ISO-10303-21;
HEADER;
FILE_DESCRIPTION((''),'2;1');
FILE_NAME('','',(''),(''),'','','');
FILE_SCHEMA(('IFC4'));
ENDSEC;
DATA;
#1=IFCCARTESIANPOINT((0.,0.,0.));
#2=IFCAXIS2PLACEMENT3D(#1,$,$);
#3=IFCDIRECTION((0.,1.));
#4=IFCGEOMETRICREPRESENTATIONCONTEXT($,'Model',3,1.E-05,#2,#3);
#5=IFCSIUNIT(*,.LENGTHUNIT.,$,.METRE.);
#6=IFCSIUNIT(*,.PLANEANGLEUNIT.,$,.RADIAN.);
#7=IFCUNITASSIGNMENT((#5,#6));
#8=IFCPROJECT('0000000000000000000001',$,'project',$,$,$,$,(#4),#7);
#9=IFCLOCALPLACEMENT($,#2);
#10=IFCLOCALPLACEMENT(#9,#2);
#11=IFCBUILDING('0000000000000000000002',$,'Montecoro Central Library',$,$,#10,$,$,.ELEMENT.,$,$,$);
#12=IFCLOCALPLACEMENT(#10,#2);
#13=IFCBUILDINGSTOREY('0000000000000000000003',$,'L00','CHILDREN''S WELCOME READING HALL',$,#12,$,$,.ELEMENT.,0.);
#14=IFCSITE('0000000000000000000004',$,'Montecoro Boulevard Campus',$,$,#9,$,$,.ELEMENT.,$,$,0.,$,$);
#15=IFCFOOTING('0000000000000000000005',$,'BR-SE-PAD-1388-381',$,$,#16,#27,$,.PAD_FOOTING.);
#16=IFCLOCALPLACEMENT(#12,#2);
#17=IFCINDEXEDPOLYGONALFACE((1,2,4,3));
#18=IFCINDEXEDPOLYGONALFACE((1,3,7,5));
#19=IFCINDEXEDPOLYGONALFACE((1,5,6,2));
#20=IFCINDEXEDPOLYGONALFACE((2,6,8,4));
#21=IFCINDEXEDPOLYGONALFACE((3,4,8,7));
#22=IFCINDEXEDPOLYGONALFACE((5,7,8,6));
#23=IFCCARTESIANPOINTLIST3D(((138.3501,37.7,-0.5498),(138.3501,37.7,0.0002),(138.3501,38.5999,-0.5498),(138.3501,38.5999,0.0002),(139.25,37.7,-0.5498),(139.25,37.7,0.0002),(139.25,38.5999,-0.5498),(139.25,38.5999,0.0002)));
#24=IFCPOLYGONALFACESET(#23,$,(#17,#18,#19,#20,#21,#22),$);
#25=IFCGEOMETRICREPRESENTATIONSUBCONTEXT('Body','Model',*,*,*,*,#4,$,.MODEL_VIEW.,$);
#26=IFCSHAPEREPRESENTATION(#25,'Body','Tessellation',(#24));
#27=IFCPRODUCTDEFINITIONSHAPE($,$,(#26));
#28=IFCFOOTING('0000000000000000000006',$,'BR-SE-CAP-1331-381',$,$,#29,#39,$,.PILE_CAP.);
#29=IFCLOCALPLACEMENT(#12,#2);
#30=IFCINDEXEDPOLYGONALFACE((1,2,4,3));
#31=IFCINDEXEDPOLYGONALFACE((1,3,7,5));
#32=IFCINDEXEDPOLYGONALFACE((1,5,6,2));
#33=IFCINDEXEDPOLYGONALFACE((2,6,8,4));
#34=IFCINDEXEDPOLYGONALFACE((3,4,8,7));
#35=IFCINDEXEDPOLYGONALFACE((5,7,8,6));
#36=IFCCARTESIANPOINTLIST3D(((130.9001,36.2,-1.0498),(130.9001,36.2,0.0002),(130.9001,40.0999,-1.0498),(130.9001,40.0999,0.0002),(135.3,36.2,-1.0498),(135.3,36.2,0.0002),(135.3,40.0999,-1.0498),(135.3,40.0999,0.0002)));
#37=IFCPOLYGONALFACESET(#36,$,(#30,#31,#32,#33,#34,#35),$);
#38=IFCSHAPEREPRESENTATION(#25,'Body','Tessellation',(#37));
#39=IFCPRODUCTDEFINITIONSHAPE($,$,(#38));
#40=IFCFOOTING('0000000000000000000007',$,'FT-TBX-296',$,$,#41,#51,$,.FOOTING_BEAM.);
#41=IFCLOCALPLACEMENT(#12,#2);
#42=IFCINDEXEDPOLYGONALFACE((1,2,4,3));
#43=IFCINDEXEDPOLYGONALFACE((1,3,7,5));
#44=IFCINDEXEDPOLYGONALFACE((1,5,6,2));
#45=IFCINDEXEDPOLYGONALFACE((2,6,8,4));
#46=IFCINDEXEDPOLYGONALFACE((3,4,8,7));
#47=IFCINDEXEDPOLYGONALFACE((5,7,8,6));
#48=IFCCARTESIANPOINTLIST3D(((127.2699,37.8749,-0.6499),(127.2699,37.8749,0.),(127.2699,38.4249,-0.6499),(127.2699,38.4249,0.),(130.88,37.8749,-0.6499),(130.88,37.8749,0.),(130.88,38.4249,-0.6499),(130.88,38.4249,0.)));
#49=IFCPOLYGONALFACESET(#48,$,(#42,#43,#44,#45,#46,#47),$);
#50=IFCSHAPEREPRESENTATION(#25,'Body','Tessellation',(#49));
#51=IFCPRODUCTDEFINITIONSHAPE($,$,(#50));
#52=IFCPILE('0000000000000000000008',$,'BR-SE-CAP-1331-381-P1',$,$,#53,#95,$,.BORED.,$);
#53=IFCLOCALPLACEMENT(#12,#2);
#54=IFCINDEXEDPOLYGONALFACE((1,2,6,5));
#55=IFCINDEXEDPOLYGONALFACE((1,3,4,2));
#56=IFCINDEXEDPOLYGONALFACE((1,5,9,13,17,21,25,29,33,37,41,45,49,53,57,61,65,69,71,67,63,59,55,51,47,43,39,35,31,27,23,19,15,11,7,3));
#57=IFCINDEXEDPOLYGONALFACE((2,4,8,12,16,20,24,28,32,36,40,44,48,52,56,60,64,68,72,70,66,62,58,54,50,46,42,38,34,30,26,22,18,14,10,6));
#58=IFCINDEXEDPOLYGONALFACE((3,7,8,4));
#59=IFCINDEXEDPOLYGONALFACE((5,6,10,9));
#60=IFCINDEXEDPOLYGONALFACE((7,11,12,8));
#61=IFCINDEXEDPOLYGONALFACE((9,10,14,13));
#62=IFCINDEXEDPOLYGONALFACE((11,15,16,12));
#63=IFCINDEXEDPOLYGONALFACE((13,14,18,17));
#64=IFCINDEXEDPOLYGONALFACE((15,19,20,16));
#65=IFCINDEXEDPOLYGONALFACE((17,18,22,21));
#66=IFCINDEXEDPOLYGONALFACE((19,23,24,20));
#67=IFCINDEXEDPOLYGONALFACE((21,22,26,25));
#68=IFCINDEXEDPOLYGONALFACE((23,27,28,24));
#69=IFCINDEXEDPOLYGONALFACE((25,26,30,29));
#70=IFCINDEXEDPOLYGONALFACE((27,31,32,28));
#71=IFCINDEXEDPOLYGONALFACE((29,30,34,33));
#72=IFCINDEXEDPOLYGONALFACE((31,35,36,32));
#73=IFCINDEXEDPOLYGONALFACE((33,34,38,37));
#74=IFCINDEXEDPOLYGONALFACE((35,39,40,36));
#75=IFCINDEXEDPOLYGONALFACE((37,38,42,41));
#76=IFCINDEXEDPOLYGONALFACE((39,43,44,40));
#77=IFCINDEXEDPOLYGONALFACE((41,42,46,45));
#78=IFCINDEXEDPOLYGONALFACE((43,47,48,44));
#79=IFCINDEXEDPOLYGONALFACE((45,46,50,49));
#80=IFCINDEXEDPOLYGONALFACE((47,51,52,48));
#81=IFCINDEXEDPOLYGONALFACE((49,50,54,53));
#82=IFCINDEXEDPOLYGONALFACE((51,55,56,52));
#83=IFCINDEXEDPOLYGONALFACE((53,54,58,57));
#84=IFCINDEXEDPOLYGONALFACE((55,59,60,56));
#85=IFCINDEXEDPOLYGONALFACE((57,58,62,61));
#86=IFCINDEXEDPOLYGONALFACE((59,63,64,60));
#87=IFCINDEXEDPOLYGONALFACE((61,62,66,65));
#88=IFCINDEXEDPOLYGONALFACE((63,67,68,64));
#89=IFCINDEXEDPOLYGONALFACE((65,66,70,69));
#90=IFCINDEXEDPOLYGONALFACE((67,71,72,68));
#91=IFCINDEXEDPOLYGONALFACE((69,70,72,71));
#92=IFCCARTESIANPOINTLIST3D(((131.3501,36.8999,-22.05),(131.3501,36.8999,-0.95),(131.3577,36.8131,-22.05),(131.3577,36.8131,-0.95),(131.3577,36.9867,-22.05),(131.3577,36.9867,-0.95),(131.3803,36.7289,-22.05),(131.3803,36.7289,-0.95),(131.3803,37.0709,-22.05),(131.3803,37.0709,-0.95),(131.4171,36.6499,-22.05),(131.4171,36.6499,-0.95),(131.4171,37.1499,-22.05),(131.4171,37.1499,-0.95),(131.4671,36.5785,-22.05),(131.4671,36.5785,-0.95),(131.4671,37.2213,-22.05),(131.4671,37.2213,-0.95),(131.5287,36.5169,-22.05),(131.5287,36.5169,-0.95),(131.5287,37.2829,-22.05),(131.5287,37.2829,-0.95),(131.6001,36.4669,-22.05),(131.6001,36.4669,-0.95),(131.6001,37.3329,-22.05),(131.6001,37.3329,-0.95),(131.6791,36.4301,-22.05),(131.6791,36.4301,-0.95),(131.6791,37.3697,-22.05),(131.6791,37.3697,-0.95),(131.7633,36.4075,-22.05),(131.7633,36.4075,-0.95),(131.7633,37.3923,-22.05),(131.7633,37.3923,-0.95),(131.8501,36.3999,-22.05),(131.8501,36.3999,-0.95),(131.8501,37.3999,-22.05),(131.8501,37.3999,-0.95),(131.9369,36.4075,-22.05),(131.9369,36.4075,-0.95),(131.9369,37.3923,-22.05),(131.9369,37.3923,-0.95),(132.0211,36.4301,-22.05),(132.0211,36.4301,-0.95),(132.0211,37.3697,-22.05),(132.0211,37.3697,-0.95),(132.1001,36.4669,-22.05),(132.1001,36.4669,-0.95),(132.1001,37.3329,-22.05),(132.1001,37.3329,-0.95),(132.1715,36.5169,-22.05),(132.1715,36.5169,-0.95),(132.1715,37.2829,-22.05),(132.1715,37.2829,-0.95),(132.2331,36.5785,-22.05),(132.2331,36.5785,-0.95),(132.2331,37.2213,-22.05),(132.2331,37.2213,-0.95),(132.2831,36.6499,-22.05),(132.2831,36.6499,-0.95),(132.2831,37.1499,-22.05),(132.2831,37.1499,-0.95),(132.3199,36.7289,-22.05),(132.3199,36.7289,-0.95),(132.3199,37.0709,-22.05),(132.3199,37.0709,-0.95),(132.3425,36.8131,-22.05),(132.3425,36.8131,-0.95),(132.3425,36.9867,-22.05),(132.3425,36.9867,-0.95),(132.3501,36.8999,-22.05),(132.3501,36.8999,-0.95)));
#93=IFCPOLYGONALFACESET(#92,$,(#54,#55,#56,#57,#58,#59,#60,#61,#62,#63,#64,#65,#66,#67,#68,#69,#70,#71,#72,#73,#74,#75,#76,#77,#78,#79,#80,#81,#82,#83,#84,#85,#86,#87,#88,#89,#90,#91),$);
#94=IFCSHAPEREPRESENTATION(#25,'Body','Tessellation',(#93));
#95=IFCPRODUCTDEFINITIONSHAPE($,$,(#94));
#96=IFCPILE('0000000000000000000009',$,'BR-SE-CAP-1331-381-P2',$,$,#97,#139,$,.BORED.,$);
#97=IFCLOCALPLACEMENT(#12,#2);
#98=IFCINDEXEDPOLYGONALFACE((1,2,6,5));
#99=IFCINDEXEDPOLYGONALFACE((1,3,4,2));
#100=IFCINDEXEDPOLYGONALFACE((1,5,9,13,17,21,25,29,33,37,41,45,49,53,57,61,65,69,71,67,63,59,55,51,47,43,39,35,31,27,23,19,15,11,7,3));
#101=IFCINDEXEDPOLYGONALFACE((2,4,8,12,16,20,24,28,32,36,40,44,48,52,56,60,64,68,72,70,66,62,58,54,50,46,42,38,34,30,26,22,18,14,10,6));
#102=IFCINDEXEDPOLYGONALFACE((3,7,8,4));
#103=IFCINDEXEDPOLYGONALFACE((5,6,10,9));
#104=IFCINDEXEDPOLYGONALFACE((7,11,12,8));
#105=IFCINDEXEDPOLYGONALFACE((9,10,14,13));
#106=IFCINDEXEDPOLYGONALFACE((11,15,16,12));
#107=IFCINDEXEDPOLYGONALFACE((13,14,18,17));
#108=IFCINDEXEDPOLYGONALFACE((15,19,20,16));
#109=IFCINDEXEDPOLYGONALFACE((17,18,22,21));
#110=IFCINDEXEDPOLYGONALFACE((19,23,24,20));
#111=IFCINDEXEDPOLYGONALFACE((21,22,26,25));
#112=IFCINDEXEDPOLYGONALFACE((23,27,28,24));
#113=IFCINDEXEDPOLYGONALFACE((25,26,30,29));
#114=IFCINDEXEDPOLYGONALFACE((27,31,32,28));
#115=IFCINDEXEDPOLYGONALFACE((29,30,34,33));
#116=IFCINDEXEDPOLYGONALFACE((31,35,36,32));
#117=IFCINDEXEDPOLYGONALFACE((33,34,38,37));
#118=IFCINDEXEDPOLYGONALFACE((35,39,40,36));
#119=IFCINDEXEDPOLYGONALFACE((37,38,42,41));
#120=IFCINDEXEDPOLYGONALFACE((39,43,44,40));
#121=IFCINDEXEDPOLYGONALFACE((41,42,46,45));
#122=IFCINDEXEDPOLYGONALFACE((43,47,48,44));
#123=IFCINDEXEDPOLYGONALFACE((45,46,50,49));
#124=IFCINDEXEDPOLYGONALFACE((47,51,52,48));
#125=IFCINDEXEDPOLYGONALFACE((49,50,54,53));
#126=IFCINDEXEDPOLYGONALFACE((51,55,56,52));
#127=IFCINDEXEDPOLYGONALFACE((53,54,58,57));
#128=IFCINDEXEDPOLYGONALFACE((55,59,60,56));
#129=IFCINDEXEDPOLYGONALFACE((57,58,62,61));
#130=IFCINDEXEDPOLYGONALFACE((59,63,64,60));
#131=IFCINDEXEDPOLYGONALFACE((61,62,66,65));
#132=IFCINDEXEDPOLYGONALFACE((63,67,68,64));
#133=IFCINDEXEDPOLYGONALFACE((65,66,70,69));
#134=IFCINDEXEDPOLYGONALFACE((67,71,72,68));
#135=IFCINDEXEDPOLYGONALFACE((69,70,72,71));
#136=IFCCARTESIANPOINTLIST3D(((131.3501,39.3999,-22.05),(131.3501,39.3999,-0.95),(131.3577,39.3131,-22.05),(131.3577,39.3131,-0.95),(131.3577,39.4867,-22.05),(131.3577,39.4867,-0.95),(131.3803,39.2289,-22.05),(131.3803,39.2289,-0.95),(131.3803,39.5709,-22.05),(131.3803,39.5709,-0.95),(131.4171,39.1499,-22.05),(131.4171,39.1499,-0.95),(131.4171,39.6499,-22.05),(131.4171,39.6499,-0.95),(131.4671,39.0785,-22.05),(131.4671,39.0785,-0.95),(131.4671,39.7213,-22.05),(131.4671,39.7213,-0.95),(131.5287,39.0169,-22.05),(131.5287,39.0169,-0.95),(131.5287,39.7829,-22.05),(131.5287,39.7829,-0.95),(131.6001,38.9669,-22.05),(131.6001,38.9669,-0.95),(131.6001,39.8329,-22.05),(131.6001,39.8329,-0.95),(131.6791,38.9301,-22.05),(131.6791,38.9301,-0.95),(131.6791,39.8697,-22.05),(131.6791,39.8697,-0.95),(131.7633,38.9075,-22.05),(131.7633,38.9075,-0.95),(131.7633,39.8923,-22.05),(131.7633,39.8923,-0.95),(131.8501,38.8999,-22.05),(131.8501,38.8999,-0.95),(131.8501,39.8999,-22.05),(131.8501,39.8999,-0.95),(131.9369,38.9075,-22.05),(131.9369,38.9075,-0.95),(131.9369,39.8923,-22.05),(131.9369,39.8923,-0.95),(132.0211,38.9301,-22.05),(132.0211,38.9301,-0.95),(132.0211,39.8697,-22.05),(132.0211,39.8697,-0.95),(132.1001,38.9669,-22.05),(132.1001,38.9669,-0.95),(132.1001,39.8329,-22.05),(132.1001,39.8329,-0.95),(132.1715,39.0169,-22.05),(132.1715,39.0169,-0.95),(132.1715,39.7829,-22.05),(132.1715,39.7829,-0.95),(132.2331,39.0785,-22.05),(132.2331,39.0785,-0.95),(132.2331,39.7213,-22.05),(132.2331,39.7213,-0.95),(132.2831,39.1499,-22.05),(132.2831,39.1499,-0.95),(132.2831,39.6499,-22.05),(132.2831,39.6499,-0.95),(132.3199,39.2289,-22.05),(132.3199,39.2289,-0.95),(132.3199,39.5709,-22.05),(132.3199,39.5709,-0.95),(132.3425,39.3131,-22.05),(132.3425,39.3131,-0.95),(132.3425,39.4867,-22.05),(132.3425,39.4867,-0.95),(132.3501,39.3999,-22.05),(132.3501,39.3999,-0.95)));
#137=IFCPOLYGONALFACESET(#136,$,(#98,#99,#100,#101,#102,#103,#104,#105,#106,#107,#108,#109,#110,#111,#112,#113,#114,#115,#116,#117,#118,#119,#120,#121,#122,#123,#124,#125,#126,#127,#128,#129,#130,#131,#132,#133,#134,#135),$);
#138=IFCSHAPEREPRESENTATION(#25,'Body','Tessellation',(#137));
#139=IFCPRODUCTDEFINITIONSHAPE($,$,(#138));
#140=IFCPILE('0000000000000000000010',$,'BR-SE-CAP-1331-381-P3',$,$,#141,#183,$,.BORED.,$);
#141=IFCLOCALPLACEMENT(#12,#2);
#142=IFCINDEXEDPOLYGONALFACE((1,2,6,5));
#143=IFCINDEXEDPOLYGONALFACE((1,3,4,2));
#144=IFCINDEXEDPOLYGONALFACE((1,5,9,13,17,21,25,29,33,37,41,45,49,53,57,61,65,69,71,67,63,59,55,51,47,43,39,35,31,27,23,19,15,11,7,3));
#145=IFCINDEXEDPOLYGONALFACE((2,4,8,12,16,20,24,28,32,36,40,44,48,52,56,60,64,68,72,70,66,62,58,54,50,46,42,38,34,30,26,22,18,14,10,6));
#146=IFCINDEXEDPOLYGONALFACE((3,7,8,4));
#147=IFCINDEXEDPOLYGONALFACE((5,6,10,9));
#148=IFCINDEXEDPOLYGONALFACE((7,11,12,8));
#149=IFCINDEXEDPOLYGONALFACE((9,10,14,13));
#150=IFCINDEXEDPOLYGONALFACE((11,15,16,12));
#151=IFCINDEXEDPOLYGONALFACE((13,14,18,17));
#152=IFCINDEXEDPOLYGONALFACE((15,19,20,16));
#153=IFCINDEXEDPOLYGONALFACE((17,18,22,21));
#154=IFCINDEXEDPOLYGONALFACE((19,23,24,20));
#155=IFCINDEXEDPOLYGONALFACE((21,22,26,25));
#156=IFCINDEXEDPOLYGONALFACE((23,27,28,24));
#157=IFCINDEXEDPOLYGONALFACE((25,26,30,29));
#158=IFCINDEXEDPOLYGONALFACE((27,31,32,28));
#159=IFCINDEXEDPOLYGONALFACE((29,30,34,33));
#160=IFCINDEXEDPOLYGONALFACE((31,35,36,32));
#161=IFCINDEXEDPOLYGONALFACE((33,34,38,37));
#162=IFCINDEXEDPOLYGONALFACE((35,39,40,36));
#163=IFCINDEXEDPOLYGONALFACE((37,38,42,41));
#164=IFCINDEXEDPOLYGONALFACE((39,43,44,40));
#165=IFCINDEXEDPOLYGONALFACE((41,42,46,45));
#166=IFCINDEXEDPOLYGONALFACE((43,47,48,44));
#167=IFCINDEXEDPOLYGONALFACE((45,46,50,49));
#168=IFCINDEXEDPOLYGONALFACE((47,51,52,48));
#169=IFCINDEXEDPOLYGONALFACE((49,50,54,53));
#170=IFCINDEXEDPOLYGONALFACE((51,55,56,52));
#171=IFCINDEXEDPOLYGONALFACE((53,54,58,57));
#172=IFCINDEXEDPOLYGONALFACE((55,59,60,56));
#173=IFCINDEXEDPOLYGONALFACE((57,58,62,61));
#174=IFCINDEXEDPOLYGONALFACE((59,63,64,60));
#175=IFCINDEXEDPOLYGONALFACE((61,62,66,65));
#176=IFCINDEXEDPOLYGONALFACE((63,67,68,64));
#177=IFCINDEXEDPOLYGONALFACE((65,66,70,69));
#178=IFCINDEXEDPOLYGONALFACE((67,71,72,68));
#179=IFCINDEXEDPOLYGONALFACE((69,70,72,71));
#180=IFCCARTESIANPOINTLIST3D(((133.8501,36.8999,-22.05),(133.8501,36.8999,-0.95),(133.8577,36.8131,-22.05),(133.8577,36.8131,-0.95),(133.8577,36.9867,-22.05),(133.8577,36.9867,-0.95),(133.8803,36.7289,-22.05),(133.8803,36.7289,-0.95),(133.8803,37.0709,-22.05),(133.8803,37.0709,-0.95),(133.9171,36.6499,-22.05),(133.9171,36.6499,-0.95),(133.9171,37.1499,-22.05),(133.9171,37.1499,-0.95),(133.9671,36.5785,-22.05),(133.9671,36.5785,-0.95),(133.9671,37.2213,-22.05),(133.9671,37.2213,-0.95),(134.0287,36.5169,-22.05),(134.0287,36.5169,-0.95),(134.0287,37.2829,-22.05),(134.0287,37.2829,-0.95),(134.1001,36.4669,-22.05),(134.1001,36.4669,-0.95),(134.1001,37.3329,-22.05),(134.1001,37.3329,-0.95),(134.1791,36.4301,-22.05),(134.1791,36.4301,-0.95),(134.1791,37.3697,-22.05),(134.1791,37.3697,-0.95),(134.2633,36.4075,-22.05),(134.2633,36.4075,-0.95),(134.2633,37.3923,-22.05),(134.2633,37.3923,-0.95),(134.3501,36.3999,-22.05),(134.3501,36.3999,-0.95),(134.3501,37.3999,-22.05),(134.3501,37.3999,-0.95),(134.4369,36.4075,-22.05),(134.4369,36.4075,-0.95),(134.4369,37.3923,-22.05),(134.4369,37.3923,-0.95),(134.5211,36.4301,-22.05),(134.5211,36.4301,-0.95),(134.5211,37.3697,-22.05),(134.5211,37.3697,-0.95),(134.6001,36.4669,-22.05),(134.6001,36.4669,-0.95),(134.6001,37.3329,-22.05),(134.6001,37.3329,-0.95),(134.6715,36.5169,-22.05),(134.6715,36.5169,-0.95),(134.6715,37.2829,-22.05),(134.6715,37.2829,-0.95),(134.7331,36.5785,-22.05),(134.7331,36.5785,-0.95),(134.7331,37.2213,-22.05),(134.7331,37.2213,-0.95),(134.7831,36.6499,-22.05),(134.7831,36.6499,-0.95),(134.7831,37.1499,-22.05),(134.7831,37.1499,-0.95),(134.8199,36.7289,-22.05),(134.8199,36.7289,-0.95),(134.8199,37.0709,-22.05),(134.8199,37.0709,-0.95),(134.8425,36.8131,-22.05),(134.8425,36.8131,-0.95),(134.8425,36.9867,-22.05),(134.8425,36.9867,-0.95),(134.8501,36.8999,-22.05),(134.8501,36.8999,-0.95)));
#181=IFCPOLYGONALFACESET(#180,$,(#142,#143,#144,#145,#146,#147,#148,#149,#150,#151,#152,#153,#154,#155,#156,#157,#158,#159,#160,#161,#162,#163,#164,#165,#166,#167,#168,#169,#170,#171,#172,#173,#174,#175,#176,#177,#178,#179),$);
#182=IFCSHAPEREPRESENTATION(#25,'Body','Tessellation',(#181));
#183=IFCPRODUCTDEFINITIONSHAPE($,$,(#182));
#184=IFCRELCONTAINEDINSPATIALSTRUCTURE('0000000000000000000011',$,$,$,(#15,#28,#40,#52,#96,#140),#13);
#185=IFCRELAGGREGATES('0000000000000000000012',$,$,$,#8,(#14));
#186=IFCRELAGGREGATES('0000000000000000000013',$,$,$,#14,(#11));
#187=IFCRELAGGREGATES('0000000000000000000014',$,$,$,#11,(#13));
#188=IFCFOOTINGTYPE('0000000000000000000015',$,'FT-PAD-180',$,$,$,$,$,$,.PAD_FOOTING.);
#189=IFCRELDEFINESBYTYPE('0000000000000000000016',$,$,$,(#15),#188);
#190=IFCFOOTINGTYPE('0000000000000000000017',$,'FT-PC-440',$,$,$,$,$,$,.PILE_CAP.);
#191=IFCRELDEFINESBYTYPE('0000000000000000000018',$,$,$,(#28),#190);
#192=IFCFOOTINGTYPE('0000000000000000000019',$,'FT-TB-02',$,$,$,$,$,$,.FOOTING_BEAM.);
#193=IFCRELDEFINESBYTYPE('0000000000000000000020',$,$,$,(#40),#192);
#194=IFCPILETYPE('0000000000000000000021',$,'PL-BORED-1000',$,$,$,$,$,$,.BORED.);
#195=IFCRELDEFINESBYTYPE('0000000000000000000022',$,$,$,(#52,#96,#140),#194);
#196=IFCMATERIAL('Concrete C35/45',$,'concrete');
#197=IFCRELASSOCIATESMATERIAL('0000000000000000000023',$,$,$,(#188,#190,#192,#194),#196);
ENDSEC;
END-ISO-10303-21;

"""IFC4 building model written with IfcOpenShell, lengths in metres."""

from ifc_helpers import new_model, si_unit, direction, frame, origin, origin_2d, place, context, subcontext, project, spatial, rectangle, circle, extrude, material, material_profile, profile_set, type_object, element, save


model = new_model("IFC4")

# Units and contexts
model_context = context("Model", 3, precision=1e-05, world=origin(), true_north=direction((0.0, 1.0)))
body_context = subcontext(model_context, "Body", "Model", "MODEL_VIEW")
ifc_project = project(units=[si_unit("LENGTHUNIT", "METRE"), si_unit("PLANEANGLEUNIT", "RADIAN")], contexts=[model_context])

# Site, building, storey
site_placement = place(None, origin())
site = spatial("IfcSite", under=ifc_project, at=site_placement, Name="Montecoro Boulevard Campus", CompositionType="ELEMENT", RefElevation=0.0)
building_placement = place(site_placement, origin())
building = spatial("IfcBuilding", under=site, at=building_placement, Name="Montecoro Central Library", CompositionType="ELEMENT")
storey_placement = place(building_placement, origin())
storey = spatial("IfcBuildingStorey", under=building, at=storey_placement, Name="L00", Description="CHILDREN'S WELCOME READING HALL", CompositionType="ELEMENT", Elevation=0.0)

# Footings
ifc_material_1 = material(Name="Concrete C35/45", Category="concrete")
footing_type_1 = type_object("IfcFootingType", Name="FT-PAD-180", PredefinedType="PAD_FOOTING", material=ifc_material_1)
footing_1_placement = place(storey_placement, frame((138.8, 38.1499, -0.5498), z_axis=(0.0, 0.0, 1.0), x_axis=(1.0, 0.0, 0.0)))
element("IfcFooting", 1, at=footing_1_placement, inside=storey, type_object=footing_type_1, Name="BR-SE-PAD-1388-381", PredefinedType="PAD_FOOTING", context=body_context, shape_type="SweptSolid", body=[
    extrude(rectangle(XDim=0.8999, YDim=0.8999, at=origin_2d()), origin(), (0.0, 0.0, 1.0), 0.55),
])
footing_type_2 = type_object("IfcFootingType", Name="FT-PC-440", PredefinedType="PILE_CAP", material=ifc_material_1)
footing_2_placement = place(storey_placement, frame((133.1001, 38.1499, -1.0498), z_axis=(0.0, 0.0, 1.0), x_axis=(1.0, 0.0, 0.0)))
element("IfcFooting", 2, at=footing_2_placement, inside=storey, type_object=footing_type_2, Name="BR-SE-CAP-1331-381", PredefinedType="PILE_CAP", context=body_context, shape_type="SweptSolid", body=[
    extrude(rectangle(XDim=4.3999, YDim=3.8999, at=origin_2d()), origin(), (0.0, 0.0, 1.0), 1.05),
])
footing_type_3 = type_object("IfcFootingType", Name="FT-TB-02", PredefinedType="FOOTING_BEAM", material=ifc_material_1)
footing_3_placement = place(storey_placement, frame((129.075, 38.1499, -0.6499), z_axis=(0.0, 0.0, 1.0), x_axis=(1.0, 0.0, 0.0)))
element("IfcFooting", 3, at=footing_3_placement, inside=storey, type_object=footing_type_3, Name="FT-TBX-296", PredefinedType="FOOTING_BEAM", context=body_context, shape_type="SweptSolid", body=[
    extrude(rectangle(XDim=3.6101, YDim=0.55, at=origin_2d()), origin(), (0.0, 0.0, 1.0), 0.6499),
])

# Piles
ifc_material_profile_1 = material_profile(ifc_material_1, circle(Radius=0.5, at=origin_2d()), Name="PILE D1000")
ifc_profile_set_1 = profile_set([ifc_material_profile_1], Name="Concrete C35/45")
pile_type = type_object("IfcPileType", Name="PL-BORED-1000", PredefinedType="BORED", material=ifc_profile_set_1)
for number, where, z_axis, x_axis, name in (
    (4, (131.8501, 36.8999, -0.95), (0.0, 0.0, -1.0), (1.0, 0.0, 0.0), "BR-SE-CAP-1331-381-P1"),
    (5, (131.8501, 39.3999, -0.95), (0.0, 0.0, -1.0), (1.0, 0.0, 0.0), "BR-SE-CAP-1331-381-P2"),
    (6, (134.3501, 36.8999, -0.95), (0.0, 0.0, -1.0), (1.0, 0.0, 0.0), "BR-SE-CAP-1331-381-P3"),
):
    element("IfcPile", number, at=place(storey_placement, frame(where, z_axis=z_axis, x_axis=x_axis)), inside=storey, type_object=pile_type, Name=name, PredefinedType="BORED", context=body_context, shape_type="SweptSolid", body=[
        extrude(circle(Radius=0.5, at=origin_2d()), origin(), (0.0, 0.0, 1.0), 21.1001),
    ])

save(model, "model.ifc")
